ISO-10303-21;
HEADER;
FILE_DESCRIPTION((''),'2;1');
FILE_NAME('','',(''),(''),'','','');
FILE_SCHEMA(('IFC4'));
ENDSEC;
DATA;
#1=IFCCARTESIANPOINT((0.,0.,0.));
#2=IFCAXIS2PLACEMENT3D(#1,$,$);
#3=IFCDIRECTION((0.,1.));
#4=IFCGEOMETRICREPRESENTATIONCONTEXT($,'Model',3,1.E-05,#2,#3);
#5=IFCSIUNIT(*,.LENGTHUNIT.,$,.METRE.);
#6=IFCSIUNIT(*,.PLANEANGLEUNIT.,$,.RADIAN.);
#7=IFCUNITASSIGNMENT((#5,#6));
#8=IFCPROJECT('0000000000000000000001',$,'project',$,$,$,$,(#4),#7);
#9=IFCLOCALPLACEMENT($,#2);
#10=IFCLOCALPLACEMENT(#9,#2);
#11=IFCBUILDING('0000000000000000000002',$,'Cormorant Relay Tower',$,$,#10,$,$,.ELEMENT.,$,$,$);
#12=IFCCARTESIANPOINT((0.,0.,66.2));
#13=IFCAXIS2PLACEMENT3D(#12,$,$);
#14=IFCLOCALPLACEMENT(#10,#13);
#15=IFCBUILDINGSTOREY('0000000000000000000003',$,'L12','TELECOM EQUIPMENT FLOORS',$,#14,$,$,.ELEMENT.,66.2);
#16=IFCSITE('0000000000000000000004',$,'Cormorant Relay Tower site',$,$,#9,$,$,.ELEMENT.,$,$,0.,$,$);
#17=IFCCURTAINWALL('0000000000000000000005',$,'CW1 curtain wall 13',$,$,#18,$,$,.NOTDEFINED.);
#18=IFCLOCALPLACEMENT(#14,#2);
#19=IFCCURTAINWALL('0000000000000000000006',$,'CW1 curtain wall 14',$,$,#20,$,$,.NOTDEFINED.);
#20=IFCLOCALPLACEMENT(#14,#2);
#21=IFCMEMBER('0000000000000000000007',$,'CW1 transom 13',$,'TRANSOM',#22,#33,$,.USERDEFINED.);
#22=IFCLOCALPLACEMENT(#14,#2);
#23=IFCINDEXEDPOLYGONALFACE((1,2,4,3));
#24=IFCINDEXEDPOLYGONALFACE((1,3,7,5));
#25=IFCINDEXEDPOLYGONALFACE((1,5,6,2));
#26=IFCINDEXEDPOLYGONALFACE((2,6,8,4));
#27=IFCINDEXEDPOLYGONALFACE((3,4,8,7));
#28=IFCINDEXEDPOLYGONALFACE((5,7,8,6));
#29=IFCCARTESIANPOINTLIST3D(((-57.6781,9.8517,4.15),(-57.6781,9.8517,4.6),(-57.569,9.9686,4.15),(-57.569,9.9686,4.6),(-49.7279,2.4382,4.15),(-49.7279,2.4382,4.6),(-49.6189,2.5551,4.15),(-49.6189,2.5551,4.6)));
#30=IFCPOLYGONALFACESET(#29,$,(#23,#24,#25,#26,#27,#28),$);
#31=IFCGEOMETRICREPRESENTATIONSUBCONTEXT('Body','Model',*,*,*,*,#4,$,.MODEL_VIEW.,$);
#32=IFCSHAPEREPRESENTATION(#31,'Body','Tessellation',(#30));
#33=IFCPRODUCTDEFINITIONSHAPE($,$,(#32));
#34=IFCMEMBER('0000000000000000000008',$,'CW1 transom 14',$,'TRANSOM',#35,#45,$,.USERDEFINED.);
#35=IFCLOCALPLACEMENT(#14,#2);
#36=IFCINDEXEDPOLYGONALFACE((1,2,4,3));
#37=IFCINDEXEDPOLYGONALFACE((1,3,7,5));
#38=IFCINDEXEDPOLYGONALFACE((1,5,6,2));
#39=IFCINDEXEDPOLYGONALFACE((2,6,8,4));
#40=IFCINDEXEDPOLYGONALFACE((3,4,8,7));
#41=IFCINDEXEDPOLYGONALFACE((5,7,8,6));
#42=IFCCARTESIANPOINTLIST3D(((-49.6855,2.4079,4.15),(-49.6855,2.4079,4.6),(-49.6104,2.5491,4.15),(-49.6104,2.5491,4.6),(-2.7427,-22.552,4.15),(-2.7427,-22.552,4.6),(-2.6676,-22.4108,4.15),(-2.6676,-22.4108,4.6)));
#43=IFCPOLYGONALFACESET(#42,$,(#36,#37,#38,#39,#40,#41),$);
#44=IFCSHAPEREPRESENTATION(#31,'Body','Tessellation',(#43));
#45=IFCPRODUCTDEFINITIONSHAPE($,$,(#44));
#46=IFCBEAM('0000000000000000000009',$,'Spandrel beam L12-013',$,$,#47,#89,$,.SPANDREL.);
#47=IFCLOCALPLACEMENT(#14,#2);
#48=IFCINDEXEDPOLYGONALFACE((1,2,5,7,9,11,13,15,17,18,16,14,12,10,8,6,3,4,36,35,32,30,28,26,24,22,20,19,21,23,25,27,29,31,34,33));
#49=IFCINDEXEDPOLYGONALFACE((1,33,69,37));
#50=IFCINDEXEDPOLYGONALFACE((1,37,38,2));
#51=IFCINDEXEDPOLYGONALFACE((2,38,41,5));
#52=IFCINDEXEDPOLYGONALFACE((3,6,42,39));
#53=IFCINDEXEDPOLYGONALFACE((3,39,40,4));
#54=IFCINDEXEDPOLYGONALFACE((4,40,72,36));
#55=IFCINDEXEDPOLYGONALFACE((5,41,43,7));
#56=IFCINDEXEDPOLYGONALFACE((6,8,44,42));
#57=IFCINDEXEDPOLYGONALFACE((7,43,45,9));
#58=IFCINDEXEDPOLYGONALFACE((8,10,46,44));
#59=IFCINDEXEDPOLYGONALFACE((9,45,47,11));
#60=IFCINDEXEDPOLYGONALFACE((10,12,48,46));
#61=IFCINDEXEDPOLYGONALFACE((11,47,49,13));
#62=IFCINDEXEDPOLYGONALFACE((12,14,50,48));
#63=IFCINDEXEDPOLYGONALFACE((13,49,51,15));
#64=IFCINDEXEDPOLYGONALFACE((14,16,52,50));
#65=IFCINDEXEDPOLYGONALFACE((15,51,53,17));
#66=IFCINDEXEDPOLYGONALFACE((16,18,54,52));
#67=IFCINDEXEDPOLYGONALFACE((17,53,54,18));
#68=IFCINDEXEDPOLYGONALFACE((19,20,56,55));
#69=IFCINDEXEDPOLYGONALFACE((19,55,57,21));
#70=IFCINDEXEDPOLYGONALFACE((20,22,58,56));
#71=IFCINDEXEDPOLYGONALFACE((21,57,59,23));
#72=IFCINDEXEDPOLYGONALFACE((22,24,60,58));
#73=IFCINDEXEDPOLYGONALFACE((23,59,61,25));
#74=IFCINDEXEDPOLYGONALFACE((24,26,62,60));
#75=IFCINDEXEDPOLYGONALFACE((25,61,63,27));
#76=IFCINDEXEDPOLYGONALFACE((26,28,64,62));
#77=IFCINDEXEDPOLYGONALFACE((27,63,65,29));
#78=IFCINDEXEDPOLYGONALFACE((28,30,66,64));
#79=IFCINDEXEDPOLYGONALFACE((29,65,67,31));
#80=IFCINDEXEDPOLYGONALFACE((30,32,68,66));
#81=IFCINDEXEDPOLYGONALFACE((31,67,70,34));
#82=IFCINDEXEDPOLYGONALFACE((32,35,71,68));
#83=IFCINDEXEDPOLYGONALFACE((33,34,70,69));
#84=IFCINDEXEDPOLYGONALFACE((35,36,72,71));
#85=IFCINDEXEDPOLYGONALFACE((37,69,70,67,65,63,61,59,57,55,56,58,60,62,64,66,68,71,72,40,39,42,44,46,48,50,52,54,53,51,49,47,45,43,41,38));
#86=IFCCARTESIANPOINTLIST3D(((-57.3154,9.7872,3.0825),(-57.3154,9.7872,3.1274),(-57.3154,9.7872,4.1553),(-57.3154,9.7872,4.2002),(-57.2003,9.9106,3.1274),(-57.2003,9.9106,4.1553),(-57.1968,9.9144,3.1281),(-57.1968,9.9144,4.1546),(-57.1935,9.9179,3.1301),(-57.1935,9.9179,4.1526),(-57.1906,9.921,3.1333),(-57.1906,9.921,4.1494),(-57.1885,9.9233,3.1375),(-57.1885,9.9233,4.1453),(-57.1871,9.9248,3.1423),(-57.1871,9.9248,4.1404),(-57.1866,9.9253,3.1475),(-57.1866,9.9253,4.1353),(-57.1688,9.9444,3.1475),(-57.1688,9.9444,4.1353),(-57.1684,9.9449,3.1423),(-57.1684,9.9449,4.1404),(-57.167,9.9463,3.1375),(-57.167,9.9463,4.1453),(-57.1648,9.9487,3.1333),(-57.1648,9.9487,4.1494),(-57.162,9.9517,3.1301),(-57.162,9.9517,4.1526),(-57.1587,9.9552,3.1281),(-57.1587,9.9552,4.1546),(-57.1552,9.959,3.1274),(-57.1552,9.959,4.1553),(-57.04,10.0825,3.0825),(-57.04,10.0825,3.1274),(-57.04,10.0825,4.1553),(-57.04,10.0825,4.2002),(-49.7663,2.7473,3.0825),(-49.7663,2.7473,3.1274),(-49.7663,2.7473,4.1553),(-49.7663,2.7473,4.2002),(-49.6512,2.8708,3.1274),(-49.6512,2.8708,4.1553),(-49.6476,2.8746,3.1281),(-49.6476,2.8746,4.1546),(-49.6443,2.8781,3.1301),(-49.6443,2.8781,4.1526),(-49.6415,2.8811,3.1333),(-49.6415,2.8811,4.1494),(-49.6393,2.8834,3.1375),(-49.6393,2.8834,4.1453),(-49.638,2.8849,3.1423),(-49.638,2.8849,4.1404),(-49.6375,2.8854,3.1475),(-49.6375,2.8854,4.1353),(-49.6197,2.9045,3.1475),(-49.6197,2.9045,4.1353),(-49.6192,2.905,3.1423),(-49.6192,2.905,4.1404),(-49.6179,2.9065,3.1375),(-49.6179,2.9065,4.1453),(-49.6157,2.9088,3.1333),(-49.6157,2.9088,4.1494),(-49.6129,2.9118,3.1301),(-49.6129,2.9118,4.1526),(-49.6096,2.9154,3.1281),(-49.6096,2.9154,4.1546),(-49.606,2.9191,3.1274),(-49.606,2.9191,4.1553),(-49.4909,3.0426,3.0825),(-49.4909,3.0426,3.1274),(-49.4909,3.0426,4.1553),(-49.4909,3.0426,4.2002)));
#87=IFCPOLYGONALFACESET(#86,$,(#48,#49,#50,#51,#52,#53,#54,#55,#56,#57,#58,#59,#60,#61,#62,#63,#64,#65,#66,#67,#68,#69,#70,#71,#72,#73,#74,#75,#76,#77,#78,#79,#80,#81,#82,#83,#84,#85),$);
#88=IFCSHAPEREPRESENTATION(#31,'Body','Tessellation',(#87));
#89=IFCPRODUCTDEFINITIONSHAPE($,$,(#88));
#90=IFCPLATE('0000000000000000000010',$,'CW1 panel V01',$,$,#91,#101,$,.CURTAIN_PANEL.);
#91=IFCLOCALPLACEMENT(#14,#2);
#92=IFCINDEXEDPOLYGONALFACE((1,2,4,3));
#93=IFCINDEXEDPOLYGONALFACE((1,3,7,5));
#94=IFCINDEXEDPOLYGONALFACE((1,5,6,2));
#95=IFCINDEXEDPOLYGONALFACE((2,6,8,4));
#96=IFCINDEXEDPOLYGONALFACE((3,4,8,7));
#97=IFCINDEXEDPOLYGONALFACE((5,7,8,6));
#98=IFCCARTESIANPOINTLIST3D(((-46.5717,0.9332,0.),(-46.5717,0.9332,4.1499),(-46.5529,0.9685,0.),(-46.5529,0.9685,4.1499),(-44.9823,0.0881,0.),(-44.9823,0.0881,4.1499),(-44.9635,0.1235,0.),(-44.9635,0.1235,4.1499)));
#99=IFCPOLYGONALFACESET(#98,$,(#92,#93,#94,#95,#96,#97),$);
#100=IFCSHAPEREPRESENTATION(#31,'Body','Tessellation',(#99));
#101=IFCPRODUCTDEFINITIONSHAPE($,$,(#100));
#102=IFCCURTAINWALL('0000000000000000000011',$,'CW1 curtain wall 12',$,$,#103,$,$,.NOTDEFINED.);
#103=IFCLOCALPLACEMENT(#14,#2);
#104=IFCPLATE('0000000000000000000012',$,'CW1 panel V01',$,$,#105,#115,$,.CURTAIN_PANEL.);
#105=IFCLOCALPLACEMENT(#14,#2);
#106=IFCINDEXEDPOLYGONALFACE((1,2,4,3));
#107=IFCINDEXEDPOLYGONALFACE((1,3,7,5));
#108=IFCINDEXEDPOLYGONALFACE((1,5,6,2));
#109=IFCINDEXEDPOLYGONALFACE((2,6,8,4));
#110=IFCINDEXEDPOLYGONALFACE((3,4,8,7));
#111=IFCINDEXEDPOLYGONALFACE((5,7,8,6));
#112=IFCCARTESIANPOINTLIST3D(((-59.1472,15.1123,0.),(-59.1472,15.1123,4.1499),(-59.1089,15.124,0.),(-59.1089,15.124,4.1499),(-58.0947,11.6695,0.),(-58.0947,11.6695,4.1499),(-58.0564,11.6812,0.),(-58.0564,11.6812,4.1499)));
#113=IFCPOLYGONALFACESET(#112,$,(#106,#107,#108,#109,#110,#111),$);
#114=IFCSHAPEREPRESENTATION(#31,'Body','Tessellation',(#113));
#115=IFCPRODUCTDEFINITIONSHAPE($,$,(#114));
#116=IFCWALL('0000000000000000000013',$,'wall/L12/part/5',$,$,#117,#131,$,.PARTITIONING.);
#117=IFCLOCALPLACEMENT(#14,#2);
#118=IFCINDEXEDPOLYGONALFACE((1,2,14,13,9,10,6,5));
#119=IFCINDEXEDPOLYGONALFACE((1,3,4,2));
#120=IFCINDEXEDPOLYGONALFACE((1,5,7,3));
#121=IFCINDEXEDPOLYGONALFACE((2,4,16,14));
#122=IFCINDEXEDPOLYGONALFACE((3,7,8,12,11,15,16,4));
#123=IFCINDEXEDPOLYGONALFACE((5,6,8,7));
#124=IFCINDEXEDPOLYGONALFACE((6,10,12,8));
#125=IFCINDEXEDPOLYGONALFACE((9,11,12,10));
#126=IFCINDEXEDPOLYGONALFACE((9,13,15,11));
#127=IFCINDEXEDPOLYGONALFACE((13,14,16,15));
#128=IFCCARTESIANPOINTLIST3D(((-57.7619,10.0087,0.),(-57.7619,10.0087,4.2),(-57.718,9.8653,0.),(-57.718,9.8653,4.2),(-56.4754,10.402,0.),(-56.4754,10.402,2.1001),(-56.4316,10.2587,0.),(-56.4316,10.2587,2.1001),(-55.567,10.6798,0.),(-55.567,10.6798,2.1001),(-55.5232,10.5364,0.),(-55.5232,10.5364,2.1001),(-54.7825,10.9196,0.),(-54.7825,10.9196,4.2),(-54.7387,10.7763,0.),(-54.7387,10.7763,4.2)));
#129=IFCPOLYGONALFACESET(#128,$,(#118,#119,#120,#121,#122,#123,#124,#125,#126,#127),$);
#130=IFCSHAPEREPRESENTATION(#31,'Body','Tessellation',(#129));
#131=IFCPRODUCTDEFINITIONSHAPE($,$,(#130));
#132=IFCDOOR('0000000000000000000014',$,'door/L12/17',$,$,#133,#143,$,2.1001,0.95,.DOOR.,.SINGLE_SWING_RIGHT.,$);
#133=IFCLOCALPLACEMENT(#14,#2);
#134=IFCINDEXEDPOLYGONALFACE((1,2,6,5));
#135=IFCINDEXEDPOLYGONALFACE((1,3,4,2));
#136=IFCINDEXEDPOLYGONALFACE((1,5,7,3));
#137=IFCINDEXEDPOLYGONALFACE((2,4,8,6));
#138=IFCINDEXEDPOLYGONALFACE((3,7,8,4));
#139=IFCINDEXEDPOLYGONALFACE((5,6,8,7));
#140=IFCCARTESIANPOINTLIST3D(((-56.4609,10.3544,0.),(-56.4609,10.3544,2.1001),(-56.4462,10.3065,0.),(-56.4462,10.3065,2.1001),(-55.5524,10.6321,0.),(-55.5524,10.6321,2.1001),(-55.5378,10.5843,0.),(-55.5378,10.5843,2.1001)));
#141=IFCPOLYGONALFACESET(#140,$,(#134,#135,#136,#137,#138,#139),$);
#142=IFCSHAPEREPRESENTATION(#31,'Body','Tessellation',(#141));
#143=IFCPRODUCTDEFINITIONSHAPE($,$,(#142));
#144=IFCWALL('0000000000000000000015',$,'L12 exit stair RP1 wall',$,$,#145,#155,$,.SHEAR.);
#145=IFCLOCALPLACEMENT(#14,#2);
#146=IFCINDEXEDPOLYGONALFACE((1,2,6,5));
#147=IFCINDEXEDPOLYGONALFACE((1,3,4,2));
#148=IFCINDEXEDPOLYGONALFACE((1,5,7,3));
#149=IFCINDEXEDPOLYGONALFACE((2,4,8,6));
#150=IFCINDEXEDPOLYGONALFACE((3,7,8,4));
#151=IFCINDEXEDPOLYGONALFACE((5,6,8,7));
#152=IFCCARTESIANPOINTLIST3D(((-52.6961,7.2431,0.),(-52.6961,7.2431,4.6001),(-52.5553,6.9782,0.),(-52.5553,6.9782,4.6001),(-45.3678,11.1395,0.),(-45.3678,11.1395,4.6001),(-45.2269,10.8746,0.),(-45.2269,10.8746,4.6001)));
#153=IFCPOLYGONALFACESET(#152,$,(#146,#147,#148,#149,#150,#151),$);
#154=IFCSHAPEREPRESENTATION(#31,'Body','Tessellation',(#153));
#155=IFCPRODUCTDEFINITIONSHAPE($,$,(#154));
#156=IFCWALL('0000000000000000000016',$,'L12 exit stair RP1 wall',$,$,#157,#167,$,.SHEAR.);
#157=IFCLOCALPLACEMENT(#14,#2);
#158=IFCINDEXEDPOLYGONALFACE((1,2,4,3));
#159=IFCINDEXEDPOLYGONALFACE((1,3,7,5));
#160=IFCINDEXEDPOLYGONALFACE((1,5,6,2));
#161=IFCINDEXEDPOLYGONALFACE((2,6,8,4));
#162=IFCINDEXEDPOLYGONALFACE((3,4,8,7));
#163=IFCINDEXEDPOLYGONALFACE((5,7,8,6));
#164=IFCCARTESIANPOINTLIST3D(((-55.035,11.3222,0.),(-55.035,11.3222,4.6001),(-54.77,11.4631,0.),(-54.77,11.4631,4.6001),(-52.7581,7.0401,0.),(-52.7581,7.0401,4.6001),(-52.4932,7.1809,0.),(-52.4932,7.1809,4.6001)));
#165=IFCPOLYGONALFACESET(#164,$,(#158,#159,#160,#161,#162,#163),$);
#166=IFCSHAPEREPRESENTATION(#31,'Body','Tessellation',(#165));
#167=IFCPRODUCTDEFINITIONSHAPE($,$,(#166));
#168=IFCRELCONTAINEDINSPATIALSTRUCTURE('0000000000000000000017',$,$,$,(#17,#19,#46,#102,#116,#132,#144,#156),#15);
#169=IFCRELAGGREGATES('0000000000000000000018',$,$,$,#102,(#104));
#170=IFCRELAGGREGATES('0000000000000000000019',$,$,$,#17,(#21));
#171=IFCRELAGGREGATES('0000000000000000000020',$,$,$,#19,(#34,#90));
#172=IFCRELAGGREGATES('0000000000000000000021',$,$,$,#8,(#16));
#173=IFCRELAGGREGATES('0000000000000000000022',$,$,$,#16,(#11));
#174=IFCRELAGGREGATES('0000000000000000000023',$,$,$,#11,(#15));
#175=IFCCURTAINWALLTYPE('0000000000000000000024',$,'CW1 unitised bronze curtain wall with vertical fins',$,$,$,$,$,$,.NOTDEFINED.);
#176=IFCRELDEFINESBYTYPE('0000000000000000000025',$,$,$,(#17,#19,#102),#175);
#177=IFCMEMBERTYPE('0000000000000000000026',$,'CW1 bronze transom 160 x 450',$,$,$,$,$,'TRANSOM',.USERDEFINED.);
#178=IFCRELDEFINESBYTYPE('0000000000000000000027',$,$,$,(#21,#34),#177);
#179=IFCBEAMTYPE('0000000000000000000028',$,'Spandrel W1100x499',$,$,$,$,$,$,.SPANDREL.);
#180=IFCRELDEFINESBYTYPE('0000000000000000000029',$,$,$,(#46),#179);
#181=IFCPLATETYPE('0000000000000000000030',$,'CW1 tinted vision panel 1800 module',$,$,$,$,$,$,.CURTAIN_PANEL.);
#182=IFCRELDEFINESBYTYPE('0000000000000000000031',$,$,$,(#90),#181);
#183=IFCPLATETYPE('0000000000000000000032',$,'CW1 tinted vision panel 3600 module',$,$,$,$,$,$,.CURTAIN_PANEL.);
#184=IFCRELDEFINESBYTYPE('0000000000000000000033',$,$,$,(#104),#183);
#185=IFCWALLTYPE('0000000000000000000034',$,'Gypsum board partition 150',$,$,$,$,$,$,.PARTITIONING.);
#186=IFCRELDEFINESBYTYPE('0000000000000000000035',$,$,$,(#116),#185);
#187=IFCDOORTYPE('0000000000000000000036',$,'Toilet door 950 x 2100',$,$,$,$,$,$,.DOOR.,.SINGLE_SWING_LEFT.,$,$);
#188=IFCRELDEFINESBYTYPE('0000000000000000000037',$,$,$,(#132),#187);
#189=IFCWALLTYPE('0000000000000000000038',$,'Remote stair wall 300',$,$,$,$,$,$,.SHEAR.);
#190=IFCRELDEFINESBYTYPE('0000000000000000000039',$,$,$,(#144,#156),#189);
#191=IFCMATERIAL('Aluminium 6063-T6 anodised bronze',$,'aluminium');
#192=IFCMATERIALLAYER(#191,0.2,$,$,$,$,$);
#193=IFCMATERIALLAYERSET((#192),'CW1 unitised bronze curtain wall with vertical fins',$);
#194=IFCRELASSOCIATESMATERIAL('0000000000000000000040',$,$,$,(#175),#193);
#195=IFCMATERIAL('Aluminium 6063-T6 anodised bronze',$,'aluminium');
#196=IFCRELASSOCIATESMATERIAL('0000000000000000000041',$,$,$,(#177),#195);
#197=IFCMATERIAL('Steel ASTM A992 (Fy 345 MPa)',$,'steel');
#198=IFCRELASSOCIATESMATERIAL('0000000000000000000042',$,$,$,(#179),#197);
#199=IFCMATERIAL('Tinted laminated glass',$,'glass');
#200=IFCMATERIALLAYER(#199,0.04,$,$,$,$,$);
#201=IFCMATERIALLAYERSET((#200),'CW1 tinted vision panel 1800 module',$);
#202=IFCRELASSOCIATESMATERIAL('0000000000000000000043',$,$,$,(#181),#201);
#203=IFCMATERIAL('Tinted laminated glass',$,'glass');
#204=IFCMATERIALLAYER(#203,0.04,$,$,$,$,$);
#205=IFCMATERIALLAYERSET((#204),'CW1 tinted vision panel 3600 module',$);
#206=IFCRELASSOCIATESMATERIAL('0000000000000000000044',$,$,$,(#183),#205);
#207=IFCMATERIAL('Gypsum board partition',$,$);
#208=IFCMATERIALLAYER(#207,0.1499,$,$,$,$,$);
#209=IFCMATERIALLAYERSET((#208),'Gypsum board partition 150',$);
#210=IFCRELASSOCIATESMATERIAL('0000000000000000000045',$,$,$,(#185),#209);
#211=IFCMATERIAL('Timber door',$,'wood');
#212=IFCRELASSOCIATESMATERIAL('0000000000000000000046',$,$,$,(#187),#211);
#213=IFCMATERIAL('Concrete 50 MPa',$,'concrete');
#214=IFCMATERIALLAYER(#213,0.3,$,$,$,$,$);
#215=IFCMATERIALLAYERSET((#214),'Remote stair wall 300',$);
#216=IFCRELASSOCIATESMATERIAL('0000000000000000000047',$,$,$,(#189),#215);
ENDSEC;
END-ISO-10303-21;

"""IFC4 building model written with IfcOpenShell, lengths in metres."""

from ifc_helpers import new_model, si_unit, direction, frame, frame_2d, origin, origin_2d, place, context, subcontext, project, spatial, rectangle, i_section, extrude, material, layer, layer_set, material_profile, profile_set, type_object, element, fill, aggregate, save


model = new_model("IFC4")

# Units and contexts
model_context = context("Model", 3, precision=1e-05, world=origin(), true_north=direction((0.0, 1.0)))
body_context = subcontext(model_context, "Body", "Model", "MODEL_VIEW")
ifc_project = project(units=[si_unit("LENGTHUNIT", "METRE"), si_unit("PLANEANGLEUNIT", "RADIAN")], contexts=[model_context])

# Site, building, storey
site_placement = place(None, origin())
site = spatial("IfcSite", under=ifc_project, at=site_placement, Name="Cormorant Relay Tower site", CompositionType="ELEMENT", RefElevation=0.0)
building_placement = place(site_placement, origin())
building = spatial("IfcBuilding", under=site, at=building_placement, Name="Cormorant Relay Tower", CompositionType="ELEMENT")
storey_placement = place(building_placement, frame((0.0, 0.0, 66.2)))
storey = spatial("IfcBuildingStorey", under=building, at=storey_placement, Name="L12", Description="TELECOM EQUIPMENT FLOORS", CompositionType="ELEMENT", Elevation=66.2)

# Curtain walls
ifc_material_1 = material(Name="Aluminium 6063-T6 anodised bronze", Category="aluminium")
ifc_layer_1 = layer(ifc_material_1, 0.2)
ifc_layer_set_1 = layer_set([ifc_layer_1], Name="CW1 unitised bronze curtain wall with vertical fins")
curtain_wall_type = type_object("IfcCurtainWallType", Name="CW1 unitised bronze curtain wall with vertical fins", PredefinedType="NOTDEFINED", material=ifc_layer_set_1)
curtain_wall_1_placement = place(storey_placement, origin())
curtain_wall_1 = element("IfcCurtainWall", 1, at=curtain_wall_1_placement, inside=storey, type_object=curtain_wall_type, Name="CW1 curtain wall 13", PredefinedType="NOTDEFINED")
curtain_wall_2_placement = place(storey_placement, origin())
curtain_wall_2 = element("IfcCurtainWall", 2, at=curtain_wall_2_placement, inside=storey, type_object=curtain_wall_type, Name="CW1 curtain wall 14", PredefinedType="NOTDEFINED")

# Members
ifc_material_2 = material(Name="Aluminium 6063-T6 anodised bronze", Category="aluminium")
ifc_material_profile_1 = material_profile(ifc_material_2, rectangle(XDim=0.1599, YDim=0.45, at=origin_2d()), Name="AL 160x450")
ifc_profile_set_1 = profile_set([ifc_material_profile_1], Name="Aluminium 6063-T6 anodised bronze")
member_type_1 = type_object("IfcMemberType", Name="CW1 bronze transom 160 x 450", ElementType="TRANSOM", PredefinedType="USERDEFINED", material=ifc_profile_set_1)
member_1_placement = place(storey_placement, frame((-57.6235, 9.9102, 4.375), z_axis=(0.731358, -0.681993, 0.0), x_axis=(0.681993, 0.731358, 0.0)))
member_1 = element("IfcMember", 3, at=member_1_placement, type_object=member_type_1, Name="CW1 transom 13", ObjectType="TRANSOM", PredefinedType="USERDEFINED", context=body_context, shape_type="SweptSolid", body=[
    extrude(rectangle(XDim=0.1599, YDim=0.45, at=origin_2d()), origin(), (0.0, 0.0, 1.0), 10.8704),
])
member_2_placement = place(storey_placement, frame((-49.6479, 2.4785, 4.375), z_axis=(0.882948, -0.469471, 0.0), x_axis=(0.469471, 0.882948, 0.0)))
member_2 = element("IfcMember", 4, at=member_2_placement, type_object=member_type_1, Name="CW1 transom 14", ObjectType="TRANSOM", PredefinedType="USERDEFINED", context=body_context, shape_type="SweptSolid", body=[
    extrude(rectangle(XDim=0.1599, YDim=0.45, at=origin_2d()), origin(), (0.0, 0.0, 1.0), 53.166),
])

# Beam
ifc_material_3 = material(Name="Steel ASTM A992 (Fy 345 MPa)", Category="steel")
ifc_material_profile_2 = material_profile(ifc_material_3, i_section(OverallWidth=0.4038, OverallDepth=1.1177, WebThickness=0.0261, FlangeThickness=0.0449, FilletRadius=0.02, at=origin_2d()), Name="W1100x499")
ifc_profile_set_2 = profile_set([ifc_material_profile_2], Name="Steel ASTM A992 (Fy 345 MPa)")
beam_type = type_object("IfcBeamType", Name="Spandrel W1100x499", PredefinedType="SPANDREL", material=ifc_profile_set_2)
beam_placement = place(storey_placement, frame((-57.1777, 9.9348, 3.6414), z_axis=(0.731345, -0.682007, 0.0), x_axis=(0.682007, 0.731345, 0.0)))
element("IfcBeam", 5, at=beam_placement, inside=storey, type_object=beam_type, Name="Spandrel beam L12-013", PredefinedType="SPANDREL", context=body_context, shape_type="SweptSolid", body=[
    extrude(i_section(OverallWidth=0.4038, OverallDepth=1.1177, WebThickness=0.0261, FlangeThickness=0.0449, FilletRadius=0.02, at=origin_2d()), origin(), (0.0, 0.0, 1.0), 10.3223),
])

# Plate
ifc_material_4 = material(Name="Tinted laminated glass", Category="glass")
ifc_layer_2 = layer(ifc_material_4, 0.04)
ifc_layer_set_2 = layer_set([ifc_layer_2], Name="CW1 tinted vision panel 1800 module")
plate_type_1 = type_object("IfcPlateType", Name="CW1 tinted vision panel 1800 module", PredefinedType="CURTAIN_PANEL", material=ifc_layer_set_2)
plate_1_placement = place(storey_placement, frame((-45.7676, 0.5283, 0.0), z_axis=(0.0, 0.0, 1.0), x_axis=(0.882948, -0.469472, 0.0)))
plate_1 = element("IfcPlate", 6, at=plate_1_placement, type_object=plate_type_1, Name="CW1 panel V01", PredefinedType="CURTAIN_PANEL", context=body_context, shape_type="SweptSolid", body=[
    extrude(rectangle(XDim=1.8, YDim=0.04, at=origin_2d()), origin(), (0.0, 0.0, 1.0), 4.1499),
])

# Curtain wall, plate
curtain_wall_3_placement = place(storey_placement, origin())
curtain_wall_3 = element("IfcCurtainWall", 7, at=curtain_wall_3_placement, inside=storey, type_object=curtain_wall_type, Name="CW1 curtain wall 12", PredefinedType="NOTDEFINED")
ifc_material_5 = material(Name="Tinted laminated glass", Category="glass")
ifc_layer_3 = layer(ifc_material_5, 0.04)
ifc_layer_set_3 = layer_set([ifc_layer_3], Name="CW1 tinted vision panel 3600 module")
plate_type_2 = type_object("IfcPlateType", Name="CW1 tinted vision panel 3600 module", PredefinedType="CURTAIN_PANEL", material=ifc_layer_set_3)
plate_2_placement = place(storey_placement, frame((-58.6018, 13.3967, 0.0), z_axis=(0.0, 0.0, 1.0), x_axis=(0.292372, -0.956305, 0.0)))
plate_2 = element("IfcPlate", 8, at=plate_2_placement, type_object=plate_type_2, Name="CW1 panel V01", PredefinedType="CURTAIN_PANEL", context=body_context, shape_type="SweptSolid", body=[
    extrude(rectangle(XDim=3.6001, YDim=0.04, at=origin_2d()), origin(), (0.0, 0.0, 1.0), 4.1499),
])

# Wall, opening, door
ifc_material_6 = material(Name="Gypsum board partition")
ifc_layer_4 = layer(ifc_material_6, 0.1499)
ifc_layer_set_4 = layer_set([ifc_layer_4], Name="Gypsum board partition 150")
wall_type_1 = type_object("IfcWallType", Name="Gypsum board partition 150", PredefinedType="PARTITIONING", material=ifc_layer_set_4)
wall_1_placement = place(storey_placement, frame((-54.7607, 10.8479, 0.0), z_axis=(0.0, 0.0, 1.0), x_axis=(-0.956301, -0.292384, 0.0)))
wall_1 = element("IfcWall", 9, at=wall_1_placement, inside=storey, type_object=wall_type_1, Name="wall/L12/part/5", PredefinedType="PARTITIONING", context=body_context, shape_type="SweptSolid", body=[
    extrude(rectangle(XDim=3.1155, YDim=0.1499, at=frame_2d((1.5576, 0.0))), origin(), (0.0, 0.0, 1.0), 4.2),
])
opening_1_placement = place(wall_1_placement, frame((0.8201, 0.0, 0.0)))
opening_1 = element("IfcOpeningElement", 10, at=opening_1_placement, cuts=wall_1, PredefinedType="OPENING", context=body_context, shape_type="SweptSolid", body=[
    extrude(rectangle(XDim=0.95, YDim=2.1001, at=frame_2d((0.4751, 1.05))), frame((0.0, 0.085, 0.0), z_axis=(0.0, -1.0, 0.0), x_axis=(1.0, 0.0, 0.0)), (0.0, 0.0, 1.0), 0.1699),
])
ifc_material_7 = material(Name="Timber door", Category="wood")
door_type_1 = type_object("IfcDoorType", Name="Toilet door 950 x 2100", OperationType="SINGLE_SWING_LEFT", PredefinedType="DOOR", material=ifc_material_7)
door_1_placement = place(opening_1_placement, origin())
door_1 = element("IfcDoor", 11, at=door_1_placement, inside=storey, type_object=door_type_1, Name="door/L12/17", OperationType="SINGLE_SWING_RIGHT", OverallHeight=2.1001, OverallWidth=0.95, PredefinedType="DOOR", context=body_context, shape_type="SweptSolid", body=[
    extrude(rectangle(XDim=0.95, YDim=2.1001, at=frame_2d((0.4751, 1.05))), frame((0.0, 0.0249, 0.0), z_axis=(0.0, -1.0, 0.0), x_axis=(1.0, 0.0, 0.0)), (0.0, 0.0, 1.0), 0.05),
])
fill(opening_1, door_1)

# Walls
ifc_material_8 = material(Name="Concrete 50 MPa", Category="concrete")
ifc_layer_5 = layer(ifc_material_8, 0.3)
ifc_layer_set_5 = layer_set([ifc_layer_5], Name="Remote stair wall 300")
wall_type_2 = type_object("IfcWallType", Name="Remote stair wall 300", PredefinedType="SHEAR", material=ifc_layer_set_5)
wall_2_placement = place(storey_placement, frame((-45.2974, 11.0071, 0.0), z_axis=(0.0, 0.0, 1.0), x_axis=(-0.882952, -0.469464, 0.0)))
element("IfcWall", 12, at=wall_2_placement, inside=storey, type_object=wall_type_2, Name="L12 exit stair RP1 wall", PredefinedType="SHEAR", context=body_context, shape_type="SweptSolid", body=[
    extrude(rectangle(XDim=8.2998, YDim=0.3, at=frame_2d((4.1499, 0.0))), origin(), (0.0, 0.0, 1.0), 4.6001),
])
wall_3_placement = place(storey_placement, frame((-52.6257, 7.1106, 0.0), z_axis=(0.0, 0.0, 1.0), x_axis=(-0.469464, 0.882951, 0.0)))
element("IfcWall", 13, at=wall_3_placement, inside=storey, type_object=wall_type_2, Name="L12 exit stair RP1 wall", PredefinedType="SHEAR", context=body_context, shape_type="SweptSolid", body=[
    extrude(rectangle(XDim=4.8499, YDim=0.3, at=frame_2d((2.4248, 0.0))), origin(), (0.0, 0.0, 1.0), 4.6001),
])

aggregate(curtain_wall_3, [plate_2])
aggregate(curtain_wall_1, [member_1])
aggregate(curtain_wall_2, [member_2, plate_1])

save(model, "model.ifc")
